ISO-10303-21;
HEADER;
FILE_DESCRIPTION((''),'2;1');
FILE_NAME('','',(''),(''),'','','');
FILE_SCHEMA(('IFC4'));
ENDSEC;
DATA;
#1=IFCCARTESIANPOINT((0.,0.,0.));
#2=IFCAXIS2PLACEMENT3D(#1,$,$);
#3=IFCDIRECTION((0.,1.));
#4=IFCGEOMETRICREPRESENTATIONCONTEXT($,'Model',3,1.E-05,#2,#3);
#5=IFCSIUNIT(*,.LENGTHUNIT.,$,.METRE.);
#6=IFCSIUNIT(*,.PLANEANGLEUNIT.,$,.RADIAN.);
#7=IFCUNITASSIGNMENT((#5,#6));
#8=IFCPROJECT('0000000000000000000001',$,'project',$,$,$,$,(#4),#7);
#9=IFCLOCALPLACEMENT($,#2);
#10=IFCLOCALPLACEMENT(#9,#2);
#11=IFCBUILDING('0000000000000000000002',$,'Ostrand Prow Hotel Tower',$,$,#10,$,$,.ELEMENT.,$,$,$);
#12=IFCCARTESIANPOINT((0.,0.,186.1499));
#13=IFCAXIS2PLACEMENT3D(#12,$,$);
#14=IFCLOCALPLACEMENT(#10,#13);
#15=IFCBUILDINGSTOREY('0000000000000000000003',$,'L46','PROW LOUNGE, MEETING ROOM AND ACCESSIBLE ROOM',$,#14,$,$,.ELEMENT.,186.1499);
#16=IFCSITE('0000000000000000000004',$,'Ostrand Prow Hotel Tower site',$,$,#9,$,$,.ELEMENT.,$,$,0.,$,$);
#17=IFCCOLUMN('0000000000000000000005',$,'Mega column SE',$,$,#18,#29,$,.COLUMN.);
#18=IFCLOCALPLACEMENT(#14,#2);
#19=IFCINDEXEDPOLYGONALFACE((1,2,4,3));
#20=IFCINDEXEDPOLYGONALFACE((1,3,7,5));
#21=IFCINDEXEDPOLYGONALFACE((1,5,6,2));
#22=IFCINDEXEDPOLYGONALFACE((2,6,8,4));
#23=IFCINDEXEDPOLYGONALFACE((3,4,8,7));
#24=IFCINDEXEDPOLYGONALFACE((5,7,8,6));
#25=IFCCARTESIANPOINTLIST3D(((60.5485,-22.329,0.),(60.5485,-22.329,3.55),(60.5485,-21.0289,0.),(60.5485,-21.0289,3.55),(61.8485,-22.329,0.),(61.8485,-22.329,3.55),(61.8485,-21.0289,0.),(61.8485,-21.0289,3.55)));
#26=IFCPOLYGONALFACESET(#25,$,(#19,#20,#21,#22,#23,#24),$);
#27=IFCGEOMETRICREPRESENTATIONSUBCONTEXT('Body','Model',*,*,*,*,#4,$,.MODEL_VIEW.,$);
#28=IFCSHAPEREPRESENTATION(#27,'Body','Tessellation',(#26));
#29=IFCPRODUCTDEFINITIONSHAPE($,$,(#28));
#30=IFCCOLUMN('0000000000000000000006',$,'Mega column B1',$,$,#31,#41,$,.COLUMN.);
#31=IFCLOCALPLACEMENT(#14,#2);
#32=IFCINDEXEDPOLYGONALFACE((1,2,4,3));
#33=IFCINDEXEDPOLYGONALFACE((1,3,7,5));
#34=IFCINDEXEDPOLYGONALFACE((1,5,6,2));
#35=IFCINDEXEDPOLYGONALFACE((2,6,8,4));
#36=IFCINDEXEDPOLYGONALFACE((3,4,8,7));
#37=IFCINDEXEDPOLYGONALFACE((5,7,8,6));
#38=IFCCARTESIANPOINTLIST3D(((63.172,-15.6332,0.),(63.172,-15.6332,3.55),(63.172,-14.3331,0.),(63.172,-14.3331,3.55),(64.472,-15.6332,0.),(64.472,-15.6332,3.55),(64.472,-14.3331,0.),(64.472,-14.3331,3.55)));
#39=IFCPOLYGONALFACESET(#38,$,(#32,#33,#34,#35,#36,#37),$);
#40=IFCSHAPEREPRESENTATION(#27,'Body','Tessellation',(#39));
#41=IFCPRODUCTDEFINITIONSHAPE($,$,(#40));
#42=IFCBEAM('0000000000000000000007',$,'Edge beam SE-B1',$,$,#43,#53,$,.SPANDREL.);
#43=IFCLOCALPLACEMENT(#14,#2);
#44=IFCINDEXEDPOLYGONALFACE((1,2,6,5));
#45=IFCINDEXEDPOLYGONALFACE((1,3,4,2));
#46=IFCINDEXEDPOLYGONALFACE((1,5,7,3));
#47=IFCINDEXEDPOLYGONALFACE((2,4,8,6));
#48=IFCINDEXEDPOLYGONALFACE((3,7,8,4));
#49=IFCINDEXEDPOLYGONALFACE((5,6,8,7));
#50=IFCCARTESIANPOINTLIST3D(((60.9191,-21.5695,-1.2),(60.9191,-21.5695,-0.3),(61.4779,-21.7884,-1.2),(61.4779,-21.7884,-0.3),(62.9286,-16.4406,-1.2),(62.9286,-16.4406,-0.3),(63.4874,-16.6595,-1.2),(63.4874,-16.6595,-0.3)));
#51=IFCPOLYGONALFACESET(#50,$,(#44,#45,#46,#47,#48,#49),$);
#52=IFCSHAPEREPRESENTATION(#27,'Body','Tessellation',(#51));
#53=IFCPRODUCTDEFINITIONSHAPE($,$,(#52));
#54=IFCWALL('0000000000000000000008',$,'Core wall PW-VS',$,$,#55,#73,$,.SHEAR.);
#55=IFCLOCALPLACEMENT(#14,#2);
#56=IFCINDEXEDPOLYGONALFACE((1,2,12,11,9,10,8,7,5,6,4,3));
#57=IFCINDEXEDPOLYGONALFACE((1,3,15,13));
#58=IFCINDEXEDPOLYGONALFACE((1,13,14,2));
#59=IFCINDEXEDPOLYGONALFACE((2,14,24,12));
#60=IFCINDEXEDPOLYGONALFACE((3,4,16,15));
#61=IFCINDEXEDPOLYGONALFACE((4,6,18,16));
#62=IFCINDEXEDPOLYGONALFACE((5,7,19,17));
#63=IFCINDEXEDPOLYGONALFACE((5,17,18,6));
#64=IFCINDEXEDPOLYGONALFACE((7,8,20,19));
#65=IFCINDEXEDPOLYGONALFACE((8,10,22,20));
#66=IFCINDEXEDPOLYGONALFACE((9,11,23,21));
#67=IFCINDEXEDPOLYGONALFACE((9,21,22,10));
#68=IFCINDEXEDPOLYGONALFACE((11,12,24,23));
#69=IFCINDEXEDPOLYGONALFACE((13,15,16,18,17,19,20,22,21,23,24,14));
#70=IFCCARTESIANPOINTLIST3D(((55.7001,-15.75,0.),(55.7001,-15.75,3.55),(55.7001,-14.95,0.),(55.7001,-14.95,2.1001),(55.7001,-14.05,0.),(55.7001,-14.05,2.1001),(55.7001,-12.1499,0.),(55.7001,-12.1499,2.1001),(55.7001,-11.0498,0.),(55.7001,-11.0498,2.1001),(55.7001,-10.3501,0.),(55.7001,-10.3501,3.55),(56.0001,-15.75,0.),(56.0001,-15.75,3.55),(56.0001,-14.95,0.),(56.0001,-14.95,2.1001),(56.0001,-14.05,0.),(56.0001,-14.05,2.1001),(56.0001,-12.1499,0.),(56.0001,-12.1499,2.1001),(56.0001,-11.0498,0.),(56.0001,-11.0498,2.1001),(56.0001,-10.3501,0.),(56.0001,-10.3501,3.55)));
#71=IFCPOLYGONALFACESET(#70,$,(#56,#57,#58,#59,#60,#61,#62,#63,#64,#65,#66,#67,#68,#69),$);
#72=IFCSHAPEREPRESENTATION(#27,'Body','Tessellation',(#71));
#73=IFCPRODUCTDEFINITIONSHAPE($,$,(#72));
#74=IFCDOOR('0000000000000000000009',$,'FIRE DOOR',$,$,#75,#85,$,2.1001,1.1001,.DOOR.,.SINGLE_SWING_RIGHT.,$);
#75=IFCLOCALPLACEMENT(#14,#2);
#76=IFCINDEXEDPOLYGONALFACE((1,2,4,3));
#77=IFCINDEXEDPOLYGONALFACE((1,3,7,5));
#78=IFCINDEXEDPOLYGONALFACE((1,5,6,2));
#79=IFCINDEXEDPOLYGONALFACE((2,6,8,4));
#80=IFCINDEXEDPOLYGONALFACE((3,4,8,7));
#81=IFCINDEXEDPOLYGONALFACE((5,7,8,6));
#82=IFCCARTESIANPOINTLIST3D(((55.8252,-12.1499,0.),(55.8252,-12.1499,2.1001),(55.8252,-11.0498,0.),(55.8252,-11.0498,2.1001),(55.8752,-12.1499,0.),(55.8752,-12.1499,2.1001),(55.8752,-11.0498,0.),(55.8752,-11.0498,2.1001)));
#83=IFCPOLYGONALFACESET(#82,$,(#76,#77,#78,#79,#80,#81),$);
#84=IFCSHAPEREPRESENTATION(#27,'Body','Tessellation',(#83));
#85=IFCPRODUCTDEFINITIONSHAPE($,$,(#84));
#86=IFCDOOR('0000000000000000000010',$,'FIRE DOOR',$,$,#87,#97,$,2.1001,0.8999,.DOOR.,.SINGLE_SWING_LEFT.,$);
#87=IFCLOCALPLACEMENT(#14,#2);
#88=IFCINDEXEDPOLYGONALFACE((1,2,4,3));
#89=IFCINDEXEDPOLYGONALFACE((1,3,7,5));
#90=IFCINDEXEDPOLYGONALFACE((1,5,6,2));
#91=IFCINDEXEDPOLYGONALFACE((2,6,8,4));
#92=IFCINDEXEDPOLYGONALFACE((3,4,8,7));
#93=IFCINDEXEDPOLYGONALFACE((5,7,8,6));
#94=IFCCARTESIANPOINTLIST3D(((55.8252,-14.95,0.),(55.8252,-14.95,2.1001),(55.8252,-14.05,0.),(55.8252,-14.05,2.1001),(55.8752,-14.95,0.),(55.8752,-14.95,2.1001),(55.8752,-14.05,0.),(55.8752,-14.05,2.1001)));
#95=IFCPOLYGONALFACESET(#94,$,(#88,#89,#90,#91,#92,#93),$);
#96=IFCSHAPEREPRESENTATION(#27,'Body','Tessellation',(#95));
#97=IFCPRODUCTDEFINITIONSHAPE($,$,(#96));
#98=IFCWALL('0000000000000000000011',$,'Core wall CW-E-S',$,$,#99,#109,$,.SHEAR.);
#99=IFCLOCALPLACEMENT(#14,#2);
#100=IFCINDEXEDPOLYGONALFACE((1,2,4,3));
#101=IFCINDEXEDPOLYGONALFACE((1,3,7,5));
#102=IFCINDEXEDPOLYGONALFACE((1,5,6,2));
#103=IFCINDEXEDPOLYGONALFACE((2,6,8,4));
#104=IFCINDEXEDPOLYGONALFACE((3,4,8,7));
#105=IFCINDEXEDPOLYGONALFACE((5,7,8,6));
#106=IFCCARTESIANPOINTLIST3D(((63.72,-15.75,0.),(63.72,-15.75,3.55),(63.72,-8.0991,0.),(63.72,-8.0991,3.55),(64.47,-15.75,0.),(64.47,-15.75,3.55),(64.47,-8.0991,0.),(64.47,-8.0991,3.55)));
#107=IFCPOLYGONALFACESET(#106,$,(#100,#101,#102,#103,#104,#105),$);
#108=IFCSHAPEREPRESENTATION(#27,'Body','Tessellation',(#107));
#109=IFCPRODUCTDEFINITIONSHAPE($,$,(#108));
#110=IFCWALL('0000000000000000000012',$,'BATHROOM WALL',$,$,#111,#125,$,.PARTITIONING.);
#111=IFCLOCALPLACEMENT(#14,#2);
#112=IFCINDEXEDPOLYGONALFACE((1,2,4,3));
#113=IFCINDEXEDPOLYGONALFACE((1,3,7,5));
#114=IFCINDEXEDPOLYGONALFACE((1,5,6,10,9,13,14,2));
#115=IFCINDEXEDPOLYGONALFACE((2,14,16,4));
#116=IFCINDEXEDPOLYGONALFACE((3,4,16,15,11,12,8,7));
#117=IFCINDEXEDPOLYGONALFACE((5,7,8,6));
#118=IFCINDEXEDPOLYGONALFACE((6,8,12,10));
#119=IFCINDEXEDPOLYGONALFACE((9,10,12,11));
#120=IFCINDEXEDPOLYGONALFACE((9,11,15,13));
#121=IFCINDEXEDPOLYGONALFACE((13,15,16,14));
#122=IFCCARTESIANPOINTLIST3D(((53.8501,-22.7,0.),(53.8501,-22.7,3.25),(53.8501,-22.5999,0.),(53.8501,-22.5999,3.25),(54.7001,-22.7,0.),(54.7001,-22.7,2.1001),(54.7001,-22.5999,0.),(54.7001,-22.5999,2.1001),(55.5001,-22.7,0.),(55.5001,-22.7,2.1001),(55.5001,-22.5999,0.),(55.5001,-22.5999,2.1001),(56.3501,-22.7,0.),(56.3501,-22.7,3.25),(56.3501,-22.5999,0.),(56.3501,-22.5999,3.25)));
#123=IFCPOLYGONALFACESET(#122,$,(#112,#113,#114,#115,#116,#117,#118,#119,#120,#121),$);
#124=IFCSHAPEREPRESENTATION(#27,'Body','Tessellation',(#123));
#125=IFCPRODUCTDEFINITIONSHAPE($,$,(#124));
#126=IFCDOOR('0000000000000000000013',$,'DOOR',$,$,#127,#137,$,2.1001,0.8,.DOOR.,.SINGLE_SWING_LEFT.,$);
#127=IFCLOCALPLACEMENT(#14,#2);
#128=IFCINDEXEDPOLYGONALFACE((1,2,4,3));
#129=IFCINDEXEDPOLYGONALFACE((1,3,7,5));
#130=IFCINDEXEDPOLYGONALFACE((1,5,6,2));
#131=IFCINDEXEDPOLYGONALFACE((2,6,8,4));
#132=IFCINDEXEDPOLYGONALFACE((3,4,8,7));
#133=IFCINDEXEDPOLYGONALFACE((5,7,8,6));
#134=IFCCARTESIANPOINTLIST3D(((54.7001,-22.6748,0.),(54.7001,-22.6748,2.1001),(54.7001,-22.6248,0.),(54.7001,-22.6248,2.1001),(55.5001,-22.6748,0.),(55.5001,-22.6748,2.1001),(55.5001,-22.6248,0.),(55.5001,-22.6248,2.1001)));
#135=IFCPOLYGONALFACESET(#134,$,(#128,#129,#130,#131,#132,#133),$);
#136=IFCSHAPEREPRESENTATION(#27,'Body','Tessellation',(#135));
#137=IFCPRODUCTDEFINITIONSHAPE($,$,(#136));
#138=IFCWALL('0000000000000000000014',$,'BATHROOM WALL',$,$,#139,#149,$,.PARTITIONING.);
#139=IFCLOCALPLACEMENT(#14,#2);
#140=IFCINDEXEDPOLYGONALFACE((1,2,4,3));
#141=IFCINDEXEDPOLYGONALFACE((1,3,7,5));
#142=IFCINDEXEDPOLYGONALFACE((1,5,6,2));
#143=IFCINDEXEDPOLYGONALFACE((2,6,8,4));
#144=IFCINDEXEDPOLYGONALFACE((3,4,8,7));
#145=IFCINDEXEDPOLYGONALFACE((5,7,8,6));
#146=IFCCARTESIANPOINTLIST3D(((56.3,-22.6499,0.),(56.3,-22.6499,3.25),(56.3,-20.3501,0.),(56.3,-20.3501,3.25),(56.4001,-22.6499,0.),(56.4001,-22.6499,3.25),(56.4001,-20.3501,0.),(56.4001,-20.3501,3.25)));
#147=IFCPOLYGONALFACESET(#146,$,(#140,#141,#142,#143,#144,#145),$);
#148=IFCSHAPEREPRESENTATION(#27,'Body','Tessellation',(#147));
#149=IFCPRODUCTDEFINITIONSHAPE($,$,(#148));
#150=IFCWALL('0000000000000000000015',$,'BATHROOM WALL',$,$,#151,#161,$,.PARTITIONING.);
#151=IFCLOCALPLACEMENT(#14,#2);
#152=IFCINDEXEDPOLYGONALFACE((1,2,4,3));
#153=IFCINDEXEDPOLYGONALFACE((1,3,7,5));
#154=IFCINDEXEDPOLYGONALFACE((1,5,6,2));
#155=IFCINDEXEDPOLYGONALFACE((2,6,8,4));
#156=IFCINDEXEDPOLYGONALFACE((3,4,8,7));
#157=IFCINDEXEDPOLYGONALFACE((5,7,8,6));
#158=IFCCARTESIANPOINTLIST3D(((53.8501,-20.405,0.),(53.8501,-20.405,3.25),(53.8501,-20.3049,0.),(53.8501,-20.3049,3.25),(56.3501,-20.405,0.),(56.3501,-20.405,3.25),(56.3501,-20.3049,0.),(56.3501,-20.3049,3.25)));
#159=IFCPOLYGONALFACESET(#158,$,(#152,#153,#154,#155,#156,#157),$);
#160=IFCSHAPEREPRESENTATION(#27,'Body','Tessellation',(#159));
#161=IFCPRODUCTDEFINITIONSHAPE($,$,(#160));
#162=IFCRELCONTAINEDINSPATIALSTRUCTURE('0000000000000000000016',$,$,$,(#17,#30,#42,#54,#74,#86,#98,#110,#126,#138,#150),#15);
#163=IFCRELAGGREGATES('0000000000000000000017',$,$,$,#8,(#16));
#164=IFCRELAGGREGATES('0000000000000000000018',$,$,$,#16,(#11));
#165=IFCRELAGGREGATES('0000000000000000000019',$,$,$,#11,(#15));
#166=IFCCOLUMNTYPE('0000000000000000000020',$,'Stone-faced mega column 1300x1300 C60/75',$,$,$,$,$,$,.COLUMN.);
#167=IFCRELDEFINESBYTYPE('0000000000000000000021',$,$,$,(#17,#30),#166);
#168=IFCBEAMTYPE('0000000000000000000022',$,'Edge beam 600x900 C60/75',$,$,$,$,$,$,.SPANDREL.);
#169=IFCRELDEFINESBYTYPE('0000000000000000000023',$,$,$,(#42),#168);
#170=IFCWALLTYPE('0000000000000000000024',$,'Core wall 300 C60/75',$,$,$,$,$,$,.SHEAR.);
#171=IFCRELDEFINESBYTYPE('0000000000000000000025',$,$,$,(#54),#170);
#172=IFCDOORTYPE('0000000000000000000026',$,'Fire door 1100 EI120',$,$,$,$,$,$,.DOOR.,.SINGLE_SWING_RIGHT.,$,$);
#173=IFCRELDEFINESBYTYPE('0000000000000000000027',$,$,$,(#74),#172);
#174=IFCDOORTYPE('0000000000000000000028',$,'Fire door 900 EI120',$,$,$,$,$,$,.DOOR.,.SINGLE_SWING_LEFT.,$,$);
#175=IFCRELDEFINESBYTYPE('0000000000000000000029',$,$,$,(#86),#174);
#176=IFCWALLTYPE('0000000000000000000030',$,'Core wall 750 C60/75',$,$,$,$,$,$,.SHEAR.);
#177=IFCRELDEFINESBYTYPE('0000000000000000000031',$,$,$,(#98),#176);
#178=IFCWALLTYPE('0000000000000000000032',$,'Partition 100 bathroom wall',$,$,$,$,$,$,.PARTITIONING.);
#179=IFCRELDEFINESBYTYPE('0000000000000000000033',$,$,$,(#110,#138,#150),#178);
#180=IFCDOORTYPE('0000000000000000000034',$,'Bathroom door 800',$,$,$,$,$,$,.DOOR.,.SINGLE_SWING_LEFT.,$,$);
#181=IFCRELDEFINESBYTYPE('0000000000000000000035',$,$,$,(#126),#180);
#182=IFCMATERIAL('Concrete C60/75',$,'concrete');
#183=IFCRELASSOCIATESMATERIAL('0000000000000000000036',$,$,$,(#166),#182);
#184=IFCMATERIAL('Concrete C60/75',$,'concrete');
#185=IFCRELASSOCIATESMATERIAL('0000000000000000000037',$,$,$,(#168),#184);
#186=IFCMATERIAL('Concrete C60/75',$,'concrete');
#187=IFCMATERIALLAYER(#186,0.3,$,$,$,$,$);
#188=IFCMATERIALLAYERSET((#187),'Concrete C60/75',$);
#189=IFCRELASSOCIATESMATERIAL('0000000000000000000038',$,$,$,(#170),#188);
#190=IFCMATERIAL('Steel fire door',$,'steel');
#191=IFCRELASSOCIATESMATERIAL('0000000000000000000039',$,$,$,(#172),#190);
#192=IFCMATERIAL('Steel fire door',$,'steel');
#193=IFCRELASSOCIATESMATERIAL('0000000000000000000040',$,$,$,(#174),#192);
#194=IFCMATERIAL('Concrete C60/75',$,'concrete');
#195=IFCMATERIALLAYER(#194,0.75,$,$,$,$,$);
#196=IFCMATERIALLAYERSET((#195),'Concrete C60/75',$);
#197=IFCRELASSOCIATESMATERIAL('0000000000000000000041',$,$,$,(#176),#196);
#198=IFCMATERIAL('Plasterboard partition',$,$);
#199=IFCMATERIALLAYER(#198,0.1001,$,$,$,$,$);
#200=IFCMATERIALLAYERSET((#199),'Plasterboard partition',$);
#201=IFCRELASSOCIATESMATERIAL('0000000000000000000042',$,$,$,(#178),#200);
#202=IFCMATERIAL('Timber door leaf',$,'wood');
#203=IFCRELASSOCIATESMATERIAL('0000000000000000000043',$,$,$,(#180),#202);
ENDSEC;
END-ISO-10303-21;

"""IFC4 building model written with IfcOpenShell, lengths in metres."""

from ifc_helpers import new_model, si_unit, direction, frame, frame_2d, origin, origin_2d, place, context, subcontext, project, spatial, rectangle, extrude, material, layer, layer_set, material_profile, profile_set, type_object, element, fill, save


model = new_model("IFC4")

# Units and contexts
model_context = context("Model", 3, precision=1e-05, world=origin(), true_north=direction((0.0, 1.0)))
body_context = subcontext(model_context, "Body", "Model", "MODEL_VIEW")
ifc_project = project(units=[si_unit("LENGTHUNIT", "METRE"), si_unit("PLANEANGLEUNIT", "RADIAN")], contexts=[model_context])

# Site, building, storey
site_placement = place(None, origin())
site = spatial("IfcSite", under=ifc_project, at=site_placement, Name="Ostrand Prow Hotel Tower site", CompositionType="ELEMENT", RefElevation=0.0)
building_placement = place(site_placement, origin())
building = spatial("IfcBuilding", under=site, at=building_placement, Name="Ostrand Prow Hotel Tower", CompositionType="ELEMENT")
storey_placement = place(building_placement, frame((0.0, 0.0, 186.1499)))
storey = spatial("IfcBuildingStorey", under=building, at=storey_placement, Name="L46", Description="PROW LOUNGE, MEETING ROOM AND ACCESSIBLE ROOM", CompositionType="ELEMENT", Elevation=186.1499)

# Columns
ifc_material_1 = material(Name="Concrete C60/75", Category="concrete")
ifc_material_profile_1 = material_profile(ifc_material_1, rectangle(XDim=1.3, YDim=1.3, at=origin_2d()), Name="RC 1300x1300")
ifc_profile_set_1 = profile_set([ifc_material_profile_1], Name="Concrete C60/75")
column_type = type_object("IfcColumnType", Name="Stone-faced mega column 1300x1300 C60/75", PredefinedType="COLUMN", material=ifc_profile_set_1)
for number, where, z_axis, x_axis, name in (
    (1, (61.1985, -21.679, 0.0), (0.0, 0.0, 1.0), (1.0, 0.0, 0.0), "Mega column SE"),
    (2, (63.822, -14.9832, 0.0), (0.0, 0.0, 1.0), (1.0, 0.0, 0.0), "Mega column B1"),
):
    element("IfcColumn", number, at=place(storey_placement, frame(where, z_axis=z_axis, x_axis=x_axis)), inside=storey, type_object=column_type, Name=name, PredefinedType="COLUMN", context=body_context, shape_type="SweptSolid", body=[
        extrude(rectangle(XDim=1.3, YDim=1.3, at=origin_2d()), origin(), (0.0, 0.0, 1.0), 3.55),
    ])

# Beam
ifc_material_2 = material(Name="Concrete C60/75", Category="concrete")
ifc_material_profile_2 = material_profile(ifc_material_2, rectangle(XDim=0.6001, YDim=0.8999, at=origin_2d()), Name="RC 600x900")
ifc_profile_set_2 = profile_set([ifc_material_profile_2], Name="Concrete C60/75")
beam_type = type_object("IfcBeamType", Name="Edge beam 600x900 C60/75", PredefinedType="SPANDREL", material=ifc_profile_set_2)
beam_placement = place(storey_placement, frame((61.1985, -21.679, -0.75), z_axis=(0.364802, 0.931085, 0.0), x_axis=(-0.931085, 0.364802, 0.0)))
element("IfcBeam", 3, at=beam_placement, inside=storey, type_object=beam_type, Name="Edge beam SE-B1", PredefinedType="SPANDREL", context=body_context, shape_type="SweptSolid", body=[
    extrude(rectangle(XDim=0.6001, YDim=0.8999, at=origin_2d()), origin(), (0.0, 0.0, 1.0), 5.5085),
])

# Wall, openings, doors
ifc_material_3 = material(Name="Concrete C60/75", Category="concrete")
ifc_layer_1 = layer(ifc_material_3, 0.3)
ifc_layer_set_1 = layer_set([ifc_layer_1], Name="Concrete C60/75")
wall_type_1 = type_object("IfcWallType", Name="Core wall 300 C60/75", PredefinedType="SHEAR", material=ifc_layer_set_1)
wall_1_placement = place(storey_placement, frame((55.8501, -15.75, 0.0), z_axis=(0.0, 0.0, 1.0), x_axis=(0.0, 1.0, 0.0)))
wall_1 = element("IfcWall", 4, at=wall_1_placement, inside=storey, type_object=wall_type_1, Name="Core wall PW-VS", PredefinedType="SHEAR", context=body_context, shape_type="SweptSolid", body=[
    extrude(rectangle(XDim=5.3999, YDim=0.3, at=frame_2d((2.7, 0.0))), origin(), (0.0, 0.0, 1.0), 3.55),
])
opening_1_placement = place(wall_1_placement, frame((3.6001, 0.0, 0.0)))
opening_1 = element("IfcOpeningElement", 5, at=opening_1_placement, cuts=wall_1, PredefinedType="OPENING", context=body_context, shape_type="SweptSolid", body=[
    extrude(rectangle(XDim=1.1001, YDim=2.1001, at=frame_2d((0.55, 1.05))), frame((0.0, 0.1599, 0.0), z_axis=(0.0, -1.0, 0.0), x_axis=(1.0, 0.0, 0.0)), (0.0, 0.0, 1.0), 0.3201),
])
opening_2_placement = place(wall_1_placement, frame((0.8, 0.0, 0.0)))
opening_2 = element("IfcOpeningElement", 6, at=opening_2_placement, cuts=wall_1, PredefinedType="OPENING", context=body_context, shape_type="SweptSolid", body=[
    extrude(rectangle(XDim=0.8999, YDim=2.1001, at=frame_2d((0.45, 1.05))), frame((0.0, 0.1599, 0.0), z_axis=(0.0, -1.0, 0.0), x_axis=(1.0, 0.0, 0.0)), (0.0, 0.0, 1.0), 0.3201),
])
ifc_material_4 = material(Name="Steel fire door", Category="steel")
door_type_1 = type_object("IfcDoorType", Name="Fire door 1100 EI120", OperationType="SINGLE_SWING_RIGHT", PredefinedType="DOOR", material=ifc_material_4)
door_1_placement = place(opening_1_placement, origin())
door_1 = element("IfcDoor", 7, at=door_1_placement, inside=storey, type_object=door_type_1, Name="FIRE DOOR", OperationType="SINGLE_SWING_RIGHT", OverallHeight=2.1001, OverallWidth=1.1001, PredefinedType="DOOR", context=body_context, shape_type="SweptSolid", body=[
    extrude(rectangle(XDim=1.1001, YDim=2.1001, at=frame_2d((0.55, 1.05))), frame((0.0, 0.0249, 0.0), z_axis=(0.0, -1.0, 0.0), x_axis=(1.0, 0.0, 0.0)), (0.0, 0.0, 1.0), 0.05),
])
fill(opening_1, door_1)
ifc_material_5 = material(Name="Steel fire door", Category="steel")
door_type_2 = type_object("IfcDoorType", Name="Fire door 900 EI120", OperationType="SINGLE_SWING_LEFT", PredefinedType="DOOR", material=ifc_material_5)
door_2_placement = place(opening_2_placement, origin())
door_2 = element("IfcDoor", 8, at=door_2_placement, inside=storey, type_object=door_type_2, Name="FIRE DOOR", OperationType="SINGLE_SWING_LEFT", OverallHeight=2.1001, OverallWidth=0.8999, PredefinedType="DOOR", context=body_context, shape_type="SweptSolid", body=[
    extrude(rectangle(XDim=0.8999, YDim=2.1001, at=frame_2d((0.45, 1.05))), frame((0.0, 0.0249, 0.0), z_axis=(0.0, -1.0, 0.0), x_axis=(1.0, 0.0, 0.0)), (0.0, 0.0, 1.0), 0.05),
])
fill(opening_2, door_2)

# Wall
ifc_material_6 = material(Name="Concrete C60/75", Category="concrete")
ifc_layer_2 = layer(ifc_material_6, 0.75)
ifc_layer_set_2 = layer_set([ifc_layer_2], Name="Concrete C60/75")
wall_type_2 = type_object("IfcWallType", Name="Core wall 750 C60/75", PredefinedType="SHEAR", material=ifc_layer_set_2)
wall_2_placement = place(storey_placement, frame((64.095, -15.75, 0.0), z_axis=(0.0, 0.0, 1.0), x_axis=(0.0, 1.0, 0.0)))
element("IfcWall", 9, at=wall_2_placement, inside=storey, type_object=wall_type_2, Name="Core wall CW-E-S", PredefinedType="SHEAR", context=body_context, shape_type="SweptSolid", body=[
    extrude(rectangle(XDim=7.6509, YDim=0.75, at=frame_2d((3.8254, 0.0))), origin(), (0.0, 0.0, 1.0), 3.55),
])

# Wall, opening, door
ifc_material_7 = material(Name="Plasterboard partition")
ifc_layer_3 = layer(ifc_material_7, 0.1001)
ifc_layer_set_3 = layer_set([ifc_layer_3], Name="Plasterboard partition")
wall_type_3 = type_object("IfcWallType", Name="Partition 100 bathroom wall", PredefinedType="PARTITIONING", material=ifc_layer_set_3)
wall_3_placement = place(storey_placement, frame((56.3501, -22.6499, 0.0), z_axis=(0.0, 0.0, 1.0), x_axis=(-1.0, 0.0, 0.0)))
wall_3 = element("IfcWall", 10, at=wall_3_placement, inside=storey, type_object=wall_type_3, Name="BATHROOM WALL", PredefinedType="PARTITIONING", context=body_context, shape_type="SweptSolid", body=[
    extrude(rectangle(XDim=2.5, YDim=0.1001, at=frame_2d((1.25, 0.0))), origin(), (0.0, 0.0, 1.0), 3.25),
])
opening_3_placement = place(wall_3_placement, frame((0.8501, 0.0, 0.0)))
opening_3 = element("IfcOpeningElement", 11, at=opening_3_placement, cuts=wall_3, PredefinedType="OPENING", context=body_context, shape_type="SweptSolid", body=[
    extrude(rectangle(XDim=0.8, YDim=2.1001, at=frame_2d((0.3999, 1.05))), frame((0.0, 0.0601, 0.0), z_axis=(0.0, -1.0, 0.0), x_axis=(1.0, 0.0, 0.0)), (0.0, 0.0, 1.0), 0.1201),
])
ifc_material_8 = material(Name="Timber door leaf", Category="wood")
door_type_3 = type_object("IfcDoorType", Name="Bathroom door 800", OperationType="SINGLE_SWING_LEFT", PredefinedType="DOOR", material=ifc_material_8)
door_3_placement = place(opening_3_placement, origin())
door_3 = element("IfcDoor", 12, at=door_3_placement, inside=storey, type_object=door_type_3, Name="DOOR", OperationType="SINGLE_SWING_LEFT", OverallHeight=2.1001, OverallWidth=0.8, PredefinedType="DOOR", context=body_context, shape_type="SweptSolid", body=[
    extrude(rectangle(XDim=0.8, YDim=2.1001, at=frame_2d((0.3999, 1.05))), frame((0.0, 0.0249, 0.0), z_axis=(0.0, -1.0, 0.0), x_axis=(1.0, 0.0, 0.0)), (0.0, 0.0, 1.0), 0.05),
])
fill(opening_3, door_3)

# Walls
wall_4_placement = place(storey_placement, frame((56.3501, -20.3501, 0.0), z_axis=(0.0, 0.0, 1.0), x_axis=(0.0, -1.0, 0.0)))
element("IfcWall", 13, at=wall_4_placement, inside=storey, type_object=wall_type_3, Name="BATHROOM WALL", PredefinedType="PARTITIONING", context=body_context, shape_type="SweptSolid", body=[
    extrude(rectangle(XDim=2.2998, YDim=0.1001, at=frame_2d((1.1499, 0.0))), origin(), (0.0, 0.0, 1.0), 3.25),
])
wall_5_placement = place(storey_placement, frame((53.8501, -20.355, 0.0), z_axis=(0.0, 0.0, 1.0), x_axis=(1.0, 0.0, 0.0)))
element("IfcWall", 14, at=wall_5_placement, inside=storey, type_object=wall_type_3, Name="BATHROOM WALL", PredefinedType="PARTITIONING", context=body_context, shape_type="SweptSolid", body=[
    extrude(rectangle(XDim=2.5, YDim=0.1001, at=frame_2d((1.25, 0.0))), origin(), (0.0, 0.0, 1.0), 3.25),
])

save(model, "model.ifc")
